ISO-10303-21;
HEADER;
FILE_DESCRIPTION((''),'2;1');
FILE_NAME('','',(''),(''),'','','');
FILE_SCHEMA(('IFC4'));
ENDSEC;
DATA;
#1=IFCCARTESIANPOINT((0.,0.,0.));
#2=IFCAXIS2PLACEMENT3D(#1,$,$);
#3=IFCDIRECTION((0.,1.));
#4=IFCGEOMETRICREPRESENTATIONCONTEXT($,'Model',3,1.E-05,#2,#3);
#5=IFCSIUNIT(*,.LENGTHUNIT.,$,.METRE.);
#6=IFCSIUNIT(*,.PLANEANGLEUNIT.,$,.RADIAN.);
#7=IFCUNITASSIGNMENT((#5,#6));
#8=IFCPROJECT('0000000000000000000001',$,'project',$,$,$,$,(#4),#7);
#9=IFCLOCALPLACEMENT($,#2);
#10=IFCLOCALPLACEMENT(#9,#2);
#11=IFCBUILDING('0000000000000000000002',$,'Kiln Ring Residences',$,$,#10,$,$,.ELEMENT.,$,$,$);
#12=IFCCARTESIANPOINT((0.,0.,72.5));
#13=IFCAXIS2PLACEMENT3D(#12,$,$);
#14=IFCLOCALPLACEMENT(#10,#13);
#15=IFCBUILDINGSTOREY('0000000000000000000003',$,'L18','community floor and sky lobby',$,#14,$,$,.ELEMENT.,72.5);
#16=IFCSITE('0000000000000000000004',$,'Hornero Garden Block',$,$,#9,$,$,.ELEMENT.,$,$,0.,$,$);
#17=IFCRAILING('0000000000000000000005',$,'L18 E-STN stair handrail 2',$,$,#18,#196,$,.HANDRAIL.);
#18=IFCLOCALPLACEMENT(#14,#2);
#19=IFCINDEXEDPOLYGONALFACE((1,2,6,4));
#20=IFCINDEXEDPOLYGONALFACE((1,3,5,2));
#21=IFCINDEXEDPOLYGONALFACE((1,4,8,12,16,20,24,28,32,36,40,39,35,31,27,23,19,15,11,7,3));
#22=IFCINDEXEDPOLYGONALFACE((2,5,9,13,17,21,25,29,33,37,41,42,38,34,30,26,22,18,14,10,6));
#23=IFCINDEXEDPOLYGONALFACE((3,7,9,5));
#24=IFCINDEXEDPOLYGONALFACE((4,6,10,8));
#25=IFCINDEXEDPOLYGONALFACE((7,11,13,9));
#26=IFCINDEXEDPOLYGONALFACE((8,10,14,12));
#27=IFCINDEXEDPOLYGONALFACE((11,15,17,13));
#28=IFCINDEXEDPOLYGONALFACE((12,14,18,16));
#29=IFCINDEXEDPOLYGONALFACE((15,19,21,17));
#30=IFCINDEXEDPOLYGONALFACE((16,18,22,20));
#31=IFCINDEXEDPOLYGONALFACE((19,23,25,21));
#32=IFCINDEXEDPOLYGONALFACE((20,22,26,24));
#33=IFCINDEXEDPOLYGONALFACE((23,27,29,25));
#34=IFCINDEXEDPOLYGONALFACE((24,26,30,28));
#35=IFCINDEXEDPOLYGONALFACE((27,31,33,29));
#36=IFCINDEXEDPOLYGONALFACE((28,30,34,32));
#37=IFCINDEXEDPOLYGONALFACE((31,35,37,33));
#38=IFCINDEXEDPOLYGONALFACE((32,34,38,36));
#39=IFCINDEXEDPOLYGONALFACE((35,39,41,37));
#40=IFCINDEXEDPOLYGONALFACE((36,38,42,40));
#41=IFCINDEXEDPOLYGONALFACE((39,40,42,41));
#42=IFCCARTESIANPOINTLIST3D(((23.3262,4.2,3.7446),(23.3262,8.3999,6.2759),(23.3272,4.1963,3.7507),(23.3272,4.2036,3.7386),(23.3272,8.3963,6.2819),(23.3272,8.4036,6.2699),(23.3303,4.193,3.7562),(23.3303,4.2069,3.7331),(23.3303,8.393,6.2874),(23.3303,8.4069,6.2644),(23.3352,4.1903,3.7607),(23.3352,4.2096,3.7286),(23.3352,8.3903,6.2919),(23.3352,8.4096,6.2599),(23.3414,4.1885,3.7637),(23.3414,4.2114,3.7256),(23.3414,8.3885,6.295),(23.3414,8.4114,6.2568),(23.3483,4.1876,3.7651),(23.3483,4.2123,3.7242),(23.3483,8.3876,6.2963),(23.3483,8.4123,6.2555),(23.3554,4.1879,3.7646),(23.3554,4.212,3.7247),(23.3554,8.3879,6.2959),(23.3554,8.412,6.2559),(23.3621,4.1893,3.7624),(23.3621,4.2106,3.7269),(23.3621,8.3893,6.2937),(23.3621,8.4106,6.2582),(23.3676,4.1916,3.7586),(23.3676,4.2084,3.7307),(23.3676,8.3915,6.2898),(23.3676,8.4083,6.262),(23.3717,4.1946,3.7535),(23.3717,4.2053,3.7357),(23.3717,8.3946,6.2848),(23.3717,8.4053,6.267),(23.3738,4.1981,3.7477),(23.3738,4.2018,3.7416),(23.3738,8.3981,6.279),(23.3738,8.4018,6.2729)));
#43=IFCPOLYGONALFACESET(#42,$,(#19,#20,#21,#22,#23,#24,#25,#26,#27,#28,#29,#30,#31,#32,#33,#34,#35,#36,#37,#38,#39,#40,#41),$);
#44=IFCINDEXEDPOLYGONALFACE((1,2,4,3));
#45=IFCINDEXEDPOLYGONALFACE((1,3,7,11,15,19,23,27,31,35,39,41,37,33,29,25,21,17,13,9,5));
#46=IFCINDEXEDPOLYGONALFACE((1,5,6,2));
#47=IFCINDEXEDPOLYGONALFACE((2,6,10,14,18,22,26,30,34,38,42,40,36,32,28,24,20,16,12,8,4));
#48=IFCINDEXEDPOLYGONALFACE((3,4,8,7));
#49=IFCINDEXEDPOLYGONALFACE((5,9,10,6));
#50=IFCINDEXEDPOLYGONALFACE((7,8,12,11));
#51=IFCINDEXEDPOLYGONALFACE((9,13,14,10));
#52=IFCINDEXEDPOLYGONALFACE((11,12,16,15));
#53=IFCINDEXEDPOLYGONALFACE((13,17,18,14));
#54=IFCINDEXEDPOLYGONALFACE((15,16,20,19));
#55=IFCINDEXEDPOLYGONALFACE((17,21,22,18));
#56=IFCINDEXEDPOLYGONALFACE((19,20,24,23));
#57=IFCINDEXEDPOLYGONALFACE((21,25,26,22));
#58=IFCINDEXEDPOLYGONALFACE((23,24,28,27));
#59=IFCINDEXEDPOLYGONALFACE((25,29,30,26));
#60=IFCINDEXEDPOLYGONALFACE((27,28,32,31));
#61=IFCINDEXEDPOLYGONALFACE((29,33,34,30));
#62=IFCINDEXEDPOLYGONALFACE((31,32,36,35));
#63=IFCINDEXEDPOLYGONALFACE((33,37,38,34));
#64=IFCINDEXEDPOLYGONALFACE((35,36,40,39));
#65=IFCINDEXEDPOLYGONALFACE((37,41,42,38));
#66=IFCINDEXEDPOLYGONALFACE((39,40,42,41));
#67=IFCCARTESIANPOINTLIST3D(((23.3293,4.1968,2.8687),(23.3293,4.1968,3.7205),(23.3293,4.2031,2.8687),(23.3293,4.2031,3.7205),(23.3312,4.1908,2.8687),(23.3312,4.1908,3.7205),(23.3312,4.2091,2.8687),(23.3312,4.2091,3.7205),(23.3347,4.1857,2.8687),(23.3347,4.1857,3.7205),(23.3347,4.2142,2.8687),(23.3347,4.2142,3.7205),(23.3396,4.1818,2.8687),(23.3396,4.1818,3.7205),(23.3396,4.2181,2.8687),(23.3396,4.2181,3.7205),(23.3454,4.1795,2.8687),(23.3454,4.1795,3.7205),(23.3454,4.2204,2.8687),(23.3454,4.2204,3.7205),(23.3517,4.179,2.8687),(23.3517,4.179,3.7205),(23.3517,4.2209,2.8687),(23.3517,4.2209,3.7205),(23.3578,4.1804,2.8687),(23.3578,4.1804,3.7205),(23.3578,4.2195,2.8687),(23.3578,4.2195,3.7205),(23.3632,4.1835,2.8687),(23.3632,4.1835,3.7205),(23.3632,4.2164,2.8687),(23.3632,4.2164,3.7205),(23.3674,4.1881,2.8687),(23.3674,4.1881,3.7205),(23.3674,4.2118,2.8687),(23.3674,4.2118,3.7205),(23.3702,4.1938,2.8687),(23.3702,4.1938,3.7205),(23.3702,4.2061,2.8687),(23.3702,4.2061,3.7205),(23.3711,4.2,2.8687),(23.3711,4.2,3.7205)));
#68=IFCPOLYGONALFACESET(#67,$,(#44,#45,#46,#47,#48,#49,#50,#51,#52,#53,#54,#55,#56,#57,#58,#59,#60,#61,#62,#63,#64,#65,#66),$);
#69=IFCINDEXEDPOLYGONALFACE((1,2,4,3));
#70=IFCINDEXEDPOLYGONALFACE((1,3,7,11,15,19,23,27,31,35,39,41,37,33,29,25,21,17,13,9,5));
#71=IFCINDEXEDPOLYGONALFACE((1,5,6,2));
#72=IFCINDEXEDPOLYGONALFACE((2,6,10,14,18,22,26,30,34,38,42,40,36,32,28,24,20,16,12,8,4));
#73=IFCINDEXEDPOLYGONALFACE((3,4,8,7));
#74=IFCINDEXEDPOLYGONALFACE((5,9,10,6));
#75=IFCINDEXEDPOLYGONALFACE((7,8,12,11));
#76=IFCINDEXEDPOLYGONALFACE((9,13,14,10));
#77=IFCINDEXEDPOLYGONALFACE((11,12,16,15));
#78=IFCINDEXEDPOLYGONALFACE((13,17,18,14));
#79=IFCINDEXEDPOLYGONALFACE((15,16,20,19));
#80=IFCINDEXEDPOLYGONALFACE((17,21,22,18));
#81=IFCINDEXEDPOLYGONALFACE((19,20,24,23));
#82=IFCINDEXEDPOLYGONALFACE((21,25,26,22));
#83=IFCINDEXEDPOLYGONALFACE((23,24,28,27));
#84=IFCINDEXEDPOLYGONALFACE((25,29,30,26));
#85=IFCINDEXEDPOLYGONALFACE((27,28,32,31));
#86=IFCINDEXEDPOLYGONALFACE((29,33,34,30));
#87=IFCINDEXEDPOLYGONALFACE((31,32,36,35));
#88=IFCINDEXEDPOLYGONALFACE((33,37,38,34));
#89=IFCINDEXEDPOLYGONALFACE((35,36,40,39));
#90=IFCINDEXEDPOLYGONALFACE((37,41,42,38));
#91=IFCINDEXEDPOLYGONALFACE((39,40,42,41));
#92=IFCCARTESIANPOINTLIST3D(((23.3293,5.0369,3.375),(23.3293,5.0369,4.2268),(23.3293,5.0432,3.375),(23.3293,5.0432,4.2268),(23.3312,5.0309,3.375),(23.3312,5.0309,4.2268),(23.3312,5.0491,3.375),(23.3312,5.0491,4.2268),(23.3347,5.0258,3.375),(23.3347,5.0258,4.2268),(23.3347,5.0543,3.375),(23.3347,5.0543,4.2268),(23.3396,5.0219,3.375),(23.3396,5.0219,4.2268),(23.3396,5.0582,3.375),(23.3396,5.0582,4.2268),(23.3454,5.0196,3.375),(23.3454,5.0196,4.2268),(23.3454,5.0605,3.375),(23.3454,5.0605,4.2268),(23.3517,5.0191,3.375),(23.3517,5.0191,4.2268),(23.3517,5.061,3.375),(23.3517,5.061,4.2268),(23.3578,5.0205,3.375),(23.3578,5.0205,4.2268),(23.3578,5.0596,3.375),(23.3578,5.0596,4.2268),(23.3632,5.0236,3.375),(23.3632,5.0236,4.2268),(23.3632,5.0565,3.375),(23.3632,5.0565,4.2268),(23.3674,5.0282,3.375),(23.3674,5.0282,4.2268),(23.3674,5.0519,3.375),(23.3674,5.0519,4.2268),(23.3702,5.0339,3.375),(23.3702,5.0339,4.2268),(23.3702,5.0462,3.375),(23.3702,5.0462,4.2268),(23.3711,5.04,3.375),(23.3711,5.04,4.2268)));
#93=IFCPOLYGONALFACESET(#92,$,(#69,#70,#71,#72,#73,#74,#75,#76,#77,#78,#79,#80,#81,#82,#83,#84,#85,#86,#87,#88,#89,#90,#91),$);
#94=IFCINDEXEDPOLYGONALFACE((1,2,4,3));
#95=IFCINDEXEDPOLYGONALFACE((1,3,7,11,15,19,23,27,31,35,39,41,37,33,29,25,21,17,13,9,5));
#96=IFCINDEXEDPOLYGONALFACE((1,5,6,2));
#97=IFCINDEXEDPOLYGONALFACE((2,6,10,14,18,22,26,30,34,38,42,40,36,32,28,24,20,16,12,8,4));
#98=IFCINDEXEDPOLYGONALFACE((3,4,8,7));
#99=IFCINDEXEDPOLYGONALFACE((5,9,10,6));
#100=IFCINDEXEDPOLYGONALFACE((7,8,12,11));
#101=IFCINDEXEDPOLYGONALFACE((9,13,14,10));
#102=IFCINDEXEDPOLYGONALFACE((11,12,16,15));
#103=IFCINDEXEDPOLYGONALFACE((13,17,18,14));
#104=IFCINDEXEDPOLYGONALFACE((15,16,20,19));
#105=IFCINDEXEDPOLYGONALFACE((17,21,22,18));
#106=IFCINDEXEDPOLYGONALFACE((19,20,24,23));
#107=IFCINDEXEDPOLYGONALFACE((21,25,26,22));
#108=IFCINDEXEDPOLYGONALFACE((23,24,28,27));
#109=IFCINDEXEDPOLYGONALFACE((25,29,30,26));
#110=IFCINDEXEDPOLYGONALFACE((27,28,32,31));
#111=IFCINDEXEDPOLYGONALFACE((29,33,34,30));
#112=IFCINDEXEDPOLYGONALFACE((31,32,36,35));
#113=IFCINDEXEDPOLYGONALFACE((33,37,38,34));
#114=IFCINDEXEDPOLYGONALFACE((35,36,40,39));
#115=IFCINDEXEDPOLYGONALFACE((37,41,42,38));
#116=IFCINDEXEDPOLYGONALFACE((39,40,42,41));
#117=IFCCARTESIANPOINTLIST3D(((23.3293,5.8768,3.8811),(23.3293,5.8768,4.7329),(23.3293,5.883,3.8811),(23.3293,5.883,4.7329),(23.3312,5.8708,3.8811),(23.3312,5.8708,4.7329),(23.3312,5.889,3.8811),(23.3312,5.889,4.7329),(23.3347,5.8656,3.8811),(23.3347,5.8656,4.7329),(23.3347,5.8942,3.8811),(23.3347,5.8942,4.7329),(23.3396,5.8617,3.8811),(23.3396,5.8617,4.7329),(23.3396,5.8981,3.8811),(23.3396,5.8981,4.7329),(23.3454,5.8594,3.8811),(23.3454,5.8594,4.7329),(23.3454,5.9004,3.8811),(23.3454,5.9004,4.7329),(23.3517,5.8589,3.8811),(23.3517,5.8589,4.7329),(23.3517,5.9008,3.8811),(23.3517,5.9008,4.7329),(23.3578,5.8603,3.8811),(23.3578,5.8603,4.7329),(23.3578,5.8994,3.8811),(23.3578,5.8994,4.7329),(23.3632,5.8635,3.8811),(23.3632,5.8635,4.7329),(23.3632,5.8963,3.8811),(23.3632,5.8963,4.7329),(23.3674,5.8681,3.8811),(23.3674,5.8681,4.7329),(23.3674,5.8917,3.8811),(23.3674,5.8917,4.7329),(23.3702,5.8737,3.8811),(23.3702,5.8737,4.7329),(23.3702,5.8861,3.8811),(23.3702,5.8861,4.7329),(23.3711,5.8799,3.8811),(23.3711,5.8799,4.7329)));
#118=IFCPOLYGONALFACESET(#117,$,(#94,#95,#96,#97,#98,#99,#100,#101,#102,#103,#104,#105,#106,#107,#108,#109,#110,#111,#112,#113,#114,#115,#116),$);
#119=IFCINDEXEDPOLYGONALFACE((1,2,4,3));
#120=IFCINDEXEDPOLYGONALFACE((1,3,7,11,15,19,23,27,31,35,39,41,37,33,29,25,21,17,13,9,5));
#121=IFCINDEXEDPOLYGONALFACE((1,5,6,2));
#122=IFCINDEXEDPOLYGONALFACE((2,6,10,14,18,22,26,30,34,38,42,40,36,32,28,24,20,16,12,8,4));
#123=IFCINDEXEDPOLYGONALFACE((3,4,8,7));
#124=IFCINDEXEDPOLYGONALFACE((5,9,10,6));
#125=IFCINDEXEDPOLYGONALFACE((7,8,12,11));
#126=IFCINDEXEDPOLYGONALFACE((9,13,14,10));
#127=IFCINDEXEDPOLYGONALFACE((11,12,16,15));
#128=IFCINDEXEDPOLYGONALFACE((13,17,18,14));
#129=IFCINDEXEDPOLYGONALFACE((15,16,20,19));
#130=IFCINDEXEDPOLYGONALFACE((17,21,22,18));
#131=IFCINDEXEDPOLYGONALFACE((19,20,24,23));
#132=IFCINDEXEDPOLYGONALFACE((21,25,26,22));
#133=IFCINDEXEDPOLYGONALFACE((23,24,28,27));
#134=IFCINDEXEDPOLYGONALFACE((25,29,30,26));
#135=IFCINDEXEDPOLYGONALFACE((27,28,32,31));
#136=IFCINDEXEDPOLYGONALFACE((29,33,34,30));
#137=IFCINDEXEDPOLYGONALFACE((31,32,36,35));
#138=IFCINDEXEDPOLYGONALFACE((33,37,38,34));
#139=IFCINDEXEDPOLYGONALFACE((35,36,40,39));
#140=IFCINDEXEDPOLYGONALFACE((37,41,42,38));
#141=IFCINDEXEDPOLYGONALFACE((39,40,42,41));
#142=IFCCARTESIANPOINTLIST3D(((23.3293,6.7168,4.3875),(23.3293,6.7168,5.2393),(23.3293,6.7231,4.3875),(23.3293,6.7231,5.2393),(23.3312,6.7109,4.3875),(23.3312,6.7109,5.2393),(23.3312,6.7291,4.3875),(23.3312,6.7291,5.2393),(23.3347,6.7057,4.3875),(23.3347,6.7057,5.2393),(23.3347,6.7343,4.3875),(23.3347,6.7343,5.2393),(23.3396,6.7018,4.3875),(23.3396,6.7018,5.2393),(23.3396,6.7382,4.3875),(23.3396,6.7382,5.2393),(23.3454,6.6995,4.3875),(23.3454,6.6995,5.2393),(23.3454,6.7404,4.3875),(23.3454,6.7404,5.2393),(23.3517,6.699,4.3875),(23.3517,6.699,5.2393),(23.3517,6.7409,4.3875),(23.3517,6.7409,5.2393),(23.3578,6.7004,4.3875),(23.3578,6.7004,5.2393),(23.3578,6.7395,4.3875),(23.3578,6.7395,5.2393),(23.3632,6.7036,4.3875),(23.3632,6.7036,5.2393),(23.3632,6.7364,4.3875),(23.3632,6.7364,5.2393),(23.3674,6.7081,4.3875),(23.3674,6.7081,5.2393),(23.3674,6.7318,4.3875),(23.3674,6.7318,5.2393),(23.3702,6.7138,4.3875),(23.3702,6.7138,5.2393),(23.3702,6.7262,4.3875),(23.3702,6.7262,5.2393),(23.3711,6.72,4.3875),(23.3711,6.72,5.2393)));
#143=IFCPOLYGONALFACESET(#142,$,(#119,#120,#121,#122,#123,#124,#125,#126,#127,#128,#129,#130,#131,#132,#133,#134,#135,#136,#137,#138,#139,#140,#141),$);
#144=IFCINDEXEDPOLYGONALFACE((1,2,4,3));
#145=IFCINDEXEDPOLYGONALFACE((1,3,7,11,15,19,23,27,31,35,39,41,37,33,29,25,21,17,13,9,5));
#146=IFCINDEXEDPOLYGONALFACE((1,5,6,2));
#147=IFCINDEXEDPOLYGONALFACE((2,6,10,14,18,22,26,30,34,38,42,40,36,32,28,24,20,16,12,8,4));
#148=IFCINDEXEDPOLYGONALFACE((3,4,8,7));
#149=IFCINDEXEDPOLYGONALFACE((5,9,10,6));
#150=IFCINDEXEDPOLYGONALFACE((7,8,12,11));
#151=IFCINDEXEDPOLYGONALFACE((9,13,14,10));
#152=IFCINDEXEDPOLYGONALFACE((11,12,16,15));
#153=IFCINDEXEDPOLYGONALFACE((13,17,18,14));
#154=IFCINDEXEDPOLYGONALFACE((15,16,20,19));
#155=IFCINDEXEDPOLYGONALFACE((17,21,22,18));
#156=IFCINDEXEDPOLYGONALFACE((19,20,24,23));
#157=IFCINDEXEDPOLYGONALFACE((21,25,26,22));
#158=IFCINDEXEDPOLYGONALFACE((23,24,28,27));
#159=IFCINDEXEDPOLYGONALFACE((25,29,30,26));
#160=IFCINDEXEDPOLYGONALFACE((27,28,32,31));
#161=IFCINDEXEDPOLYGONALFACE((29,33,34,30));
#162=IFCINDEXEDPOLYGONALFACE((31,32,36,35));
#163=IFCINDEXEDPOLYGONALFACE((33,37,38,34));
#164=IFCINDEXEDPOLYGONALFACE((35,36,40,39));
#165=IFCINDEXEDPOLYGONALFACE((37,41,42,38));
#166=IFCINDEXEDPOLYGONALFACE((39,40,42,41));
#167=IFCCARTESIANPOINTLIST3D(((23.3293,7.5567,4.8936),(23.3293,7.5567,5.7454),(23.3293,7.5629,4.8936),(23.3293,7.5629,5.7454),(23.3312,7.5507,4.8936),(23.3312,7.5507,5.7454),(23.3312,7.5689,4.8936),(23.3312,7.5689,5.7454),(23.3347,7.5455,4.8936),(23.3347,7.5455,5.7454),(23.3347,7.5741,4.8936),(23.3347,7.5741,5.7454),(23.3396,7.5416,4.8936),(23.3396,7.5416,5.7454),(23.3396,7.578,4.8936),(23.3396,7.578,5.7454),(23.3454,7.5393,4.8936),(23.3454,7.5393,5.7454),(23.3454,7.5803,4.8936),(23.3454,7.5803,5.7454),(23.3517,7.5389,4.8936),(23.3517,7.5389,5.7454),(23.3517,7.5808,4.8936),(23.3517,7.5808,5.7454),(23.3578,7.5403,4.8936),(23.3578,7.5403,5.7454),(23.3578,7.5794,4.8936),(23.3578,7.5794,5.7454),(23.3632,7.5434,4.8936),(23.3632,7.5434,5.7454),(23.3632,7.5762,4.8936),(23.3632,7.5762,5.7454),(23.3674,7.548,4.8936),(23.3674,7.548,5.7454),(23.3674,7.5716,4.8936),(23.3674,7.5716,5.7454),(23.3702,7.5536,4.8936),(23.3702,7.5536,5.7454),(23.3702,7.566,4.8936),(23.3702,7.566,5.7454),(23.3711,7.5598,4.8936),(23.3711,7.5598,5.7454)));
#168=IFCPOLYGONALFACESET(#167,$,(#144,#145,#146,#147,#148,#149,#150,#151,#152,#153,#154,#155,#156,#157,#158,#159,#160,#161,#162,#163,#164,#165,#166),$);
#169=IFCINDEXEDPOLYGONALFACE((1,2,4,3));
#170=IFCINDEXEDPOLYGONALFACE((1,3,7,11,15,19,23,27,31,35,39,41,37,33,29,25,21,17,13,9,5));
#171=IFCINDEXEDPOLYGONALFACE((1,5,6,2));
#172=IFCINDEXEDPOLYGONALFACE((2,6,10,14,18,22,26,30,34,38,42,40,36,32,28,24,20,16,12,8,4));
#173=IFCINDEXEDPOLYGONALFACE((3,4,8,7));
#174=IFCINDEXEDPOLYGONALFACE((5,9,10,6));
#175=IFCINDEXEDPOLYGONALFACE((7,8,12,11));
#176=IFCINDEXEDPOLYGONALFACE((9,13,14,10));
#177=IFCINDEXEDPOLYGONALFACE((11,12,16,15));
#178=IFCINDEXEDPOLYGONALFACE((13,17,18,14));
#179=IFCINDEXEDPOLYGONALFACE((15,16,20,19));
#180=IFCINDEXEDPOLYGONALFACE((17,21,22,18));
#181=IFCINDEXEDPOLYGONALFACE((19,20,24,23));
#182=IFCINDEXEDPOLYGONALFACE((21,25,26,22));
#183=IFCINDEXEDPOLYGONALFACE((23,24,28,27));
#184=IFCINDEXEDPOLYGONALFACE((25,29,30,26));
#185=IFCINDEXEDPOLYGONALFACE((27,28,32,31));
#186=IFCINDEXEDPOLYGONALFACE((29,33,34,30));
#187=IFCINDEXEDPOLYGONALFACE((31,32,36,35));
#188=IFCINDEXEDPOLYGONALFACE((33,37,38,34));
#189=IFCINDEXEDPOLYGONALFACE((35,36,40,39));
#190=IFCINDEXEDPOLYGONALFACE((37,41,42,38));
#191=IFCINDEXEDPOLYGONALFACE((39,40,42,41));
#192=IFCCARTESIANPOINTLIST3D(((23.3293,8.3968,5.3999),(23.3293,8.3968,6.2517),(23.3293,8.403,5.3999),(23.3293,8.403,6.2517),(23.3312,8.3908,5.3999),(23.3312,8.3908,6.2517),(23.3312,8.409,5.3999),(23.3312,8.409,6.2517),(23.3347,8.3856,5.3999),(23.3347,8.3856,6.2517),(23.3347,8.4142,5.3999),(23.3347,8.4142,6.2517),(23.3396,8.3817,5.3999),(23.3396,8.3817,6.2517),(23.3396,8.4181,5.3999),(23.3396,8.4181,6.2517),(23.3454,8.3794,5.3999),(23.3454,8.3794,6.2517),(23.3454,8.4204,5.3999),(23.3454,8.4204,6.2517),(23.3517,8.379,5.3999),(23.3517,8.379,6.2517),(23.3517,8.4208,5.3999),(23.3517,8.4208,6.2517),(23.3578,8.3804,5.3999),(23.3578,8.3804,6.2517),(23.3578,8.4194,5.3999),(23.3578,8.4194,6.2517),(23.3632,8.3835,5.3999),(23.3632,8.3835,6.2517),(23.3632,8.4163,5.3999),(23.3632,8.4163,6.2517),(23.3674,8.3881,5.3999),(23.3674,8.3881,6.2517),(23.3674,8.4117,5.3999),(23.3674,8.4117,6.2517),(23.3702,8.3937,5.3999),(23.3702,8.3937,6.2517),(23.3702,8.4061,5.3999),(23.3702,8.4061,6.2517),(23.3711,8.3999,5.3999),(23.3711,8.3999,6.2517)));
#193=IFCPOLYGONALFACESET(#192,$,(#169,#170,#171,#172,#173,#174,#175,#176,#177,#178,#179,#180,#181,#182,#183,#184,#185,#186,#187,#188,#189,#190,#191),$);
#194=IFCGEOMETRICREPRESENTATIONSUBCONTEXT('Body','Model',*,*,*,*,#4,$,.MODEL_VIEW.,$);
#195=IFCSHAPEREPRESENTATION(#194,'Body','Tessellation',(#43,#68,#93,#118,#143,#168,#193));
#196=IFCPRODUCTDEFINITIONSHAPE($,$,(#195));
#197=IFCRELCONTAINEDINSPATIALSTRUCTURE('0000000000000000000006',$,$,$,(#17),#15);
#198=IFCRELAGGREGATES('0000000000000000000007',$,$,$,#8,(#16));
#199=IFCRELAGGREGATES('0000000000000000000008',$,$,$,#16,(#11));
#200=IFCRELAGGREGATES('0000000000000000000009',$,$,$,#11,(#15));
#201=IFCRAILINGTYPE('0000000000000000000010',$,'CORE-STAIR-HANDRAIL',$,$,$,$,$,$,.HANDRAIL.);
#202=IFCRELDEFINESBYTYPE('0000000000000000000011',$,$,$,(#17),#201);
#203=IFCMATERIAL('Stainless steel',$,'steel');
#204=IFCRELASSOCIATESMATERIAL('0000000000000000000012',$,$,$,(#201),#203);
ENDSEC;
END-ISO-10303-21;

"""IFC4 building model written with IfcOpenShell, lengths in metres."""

from ifc_helpers import new_model, si_unit, direction, frame, origin, origin_2d, place, context, subcontext, project, spatial, circle, extrude, material, type_object, element, save


model = new_model("IFC4")

# Units and contexts
model_context = context("Model", 3, precision=1e-05, world=origin(), true_north=direction((0.0, 1.0)))
body_context = subcontext(model_context, "Body", "Model", "MODEL_VIEW")
ifc_project = project(units=[si_unit("LENGTHUNIT", "METRE"), si_unit("PLANEANGLEUNIT", "RADIAN")], contexts=[model_context])

# Site, building, storey
site_placement = place(None, origin())
site = spatial("IfcSite", under=ifc_project, at=site_placement, Name="Hornero Garden Block", CompositionType="ELEMENT", RefElevation=0.0)
building_placement = place(site_placement, origin())
building = spatial("IfcBuilding", under=site, at=building_placement, Name="Kiln Ring Residences", CompositionType="ELEMENT")
storey_placement = place(building_placement, frame((0.0, 0.0, 72.5)))
storey = spatial("IfcBuildingStorey", under=building, at=storey_placement, Name="L18", Description="community floor and sky lobby", CompositionType="ELEMENT", Elevation=72.5)

# Railing
ifc_material_1 = material(Name="Stainless steel", Category="steel")
railing_type_1 = type_object("IfcRailingType", Name="CORE-STAIR-HANDRAIL", PredefinedType="HANDRAIL", material=ifc_material_1)
railing_1_placement = place(storey_placement, frame((23.3501, 4.2, 2.8687)))
element("IfcRailing", 1, at=railing_1_placement, inside=storey, type_object=railing_type_1, Name="L18 E-STN stair handrail 2", PredefinedType="HANDRAIL", context=body_context, shape_type="SweptSolid", body=[
    extrude(circle(Radius=0.0239, at=origin_2d()), frame((0.0, 0.0, 0.876), z_axis=(0.0, 0.856476, 0.516186), x_axis=(-1.0, 0.0, 0.0)), (0.0, 0.0, 1.0), 4.9038),
    extrude(circle(Radius=0.021, at=origin_2d()), origin(), (0.0, 0.0, 1.0), 0.8518),
    extrude(circle(Radius=0.021, at=origin_2d()), frame((0.0, 0.8401, 0.5063)), (0.0, 0.0, 1.0), 0.8518),
    extrude(circle(Radius=0.021, at=origin_2d()), frame((0.0, 1.6799, 1.0125)), (0.0, 0.0, 1.0), 0.8518),
    extrude(circle(Radius=0.021, at=origin_2d()), frame((0.0, 2.52, 1.5188)), (0.0, 0.0, 1.0), 0.8518),
    extrude(circle(Radius=0.021, at=origin_2d()), frame((0.0, 3.3599, 2.0249)), (0.0, 0.0, 1.0), 0.8518),
    extrude(circle(Radius=0.021, at=origin_2d()), frame((0.0, 4.2, 2.5312)), (0.0, 0.0, 1.0), 0.8518),
])

save(model, "model.ifc")
